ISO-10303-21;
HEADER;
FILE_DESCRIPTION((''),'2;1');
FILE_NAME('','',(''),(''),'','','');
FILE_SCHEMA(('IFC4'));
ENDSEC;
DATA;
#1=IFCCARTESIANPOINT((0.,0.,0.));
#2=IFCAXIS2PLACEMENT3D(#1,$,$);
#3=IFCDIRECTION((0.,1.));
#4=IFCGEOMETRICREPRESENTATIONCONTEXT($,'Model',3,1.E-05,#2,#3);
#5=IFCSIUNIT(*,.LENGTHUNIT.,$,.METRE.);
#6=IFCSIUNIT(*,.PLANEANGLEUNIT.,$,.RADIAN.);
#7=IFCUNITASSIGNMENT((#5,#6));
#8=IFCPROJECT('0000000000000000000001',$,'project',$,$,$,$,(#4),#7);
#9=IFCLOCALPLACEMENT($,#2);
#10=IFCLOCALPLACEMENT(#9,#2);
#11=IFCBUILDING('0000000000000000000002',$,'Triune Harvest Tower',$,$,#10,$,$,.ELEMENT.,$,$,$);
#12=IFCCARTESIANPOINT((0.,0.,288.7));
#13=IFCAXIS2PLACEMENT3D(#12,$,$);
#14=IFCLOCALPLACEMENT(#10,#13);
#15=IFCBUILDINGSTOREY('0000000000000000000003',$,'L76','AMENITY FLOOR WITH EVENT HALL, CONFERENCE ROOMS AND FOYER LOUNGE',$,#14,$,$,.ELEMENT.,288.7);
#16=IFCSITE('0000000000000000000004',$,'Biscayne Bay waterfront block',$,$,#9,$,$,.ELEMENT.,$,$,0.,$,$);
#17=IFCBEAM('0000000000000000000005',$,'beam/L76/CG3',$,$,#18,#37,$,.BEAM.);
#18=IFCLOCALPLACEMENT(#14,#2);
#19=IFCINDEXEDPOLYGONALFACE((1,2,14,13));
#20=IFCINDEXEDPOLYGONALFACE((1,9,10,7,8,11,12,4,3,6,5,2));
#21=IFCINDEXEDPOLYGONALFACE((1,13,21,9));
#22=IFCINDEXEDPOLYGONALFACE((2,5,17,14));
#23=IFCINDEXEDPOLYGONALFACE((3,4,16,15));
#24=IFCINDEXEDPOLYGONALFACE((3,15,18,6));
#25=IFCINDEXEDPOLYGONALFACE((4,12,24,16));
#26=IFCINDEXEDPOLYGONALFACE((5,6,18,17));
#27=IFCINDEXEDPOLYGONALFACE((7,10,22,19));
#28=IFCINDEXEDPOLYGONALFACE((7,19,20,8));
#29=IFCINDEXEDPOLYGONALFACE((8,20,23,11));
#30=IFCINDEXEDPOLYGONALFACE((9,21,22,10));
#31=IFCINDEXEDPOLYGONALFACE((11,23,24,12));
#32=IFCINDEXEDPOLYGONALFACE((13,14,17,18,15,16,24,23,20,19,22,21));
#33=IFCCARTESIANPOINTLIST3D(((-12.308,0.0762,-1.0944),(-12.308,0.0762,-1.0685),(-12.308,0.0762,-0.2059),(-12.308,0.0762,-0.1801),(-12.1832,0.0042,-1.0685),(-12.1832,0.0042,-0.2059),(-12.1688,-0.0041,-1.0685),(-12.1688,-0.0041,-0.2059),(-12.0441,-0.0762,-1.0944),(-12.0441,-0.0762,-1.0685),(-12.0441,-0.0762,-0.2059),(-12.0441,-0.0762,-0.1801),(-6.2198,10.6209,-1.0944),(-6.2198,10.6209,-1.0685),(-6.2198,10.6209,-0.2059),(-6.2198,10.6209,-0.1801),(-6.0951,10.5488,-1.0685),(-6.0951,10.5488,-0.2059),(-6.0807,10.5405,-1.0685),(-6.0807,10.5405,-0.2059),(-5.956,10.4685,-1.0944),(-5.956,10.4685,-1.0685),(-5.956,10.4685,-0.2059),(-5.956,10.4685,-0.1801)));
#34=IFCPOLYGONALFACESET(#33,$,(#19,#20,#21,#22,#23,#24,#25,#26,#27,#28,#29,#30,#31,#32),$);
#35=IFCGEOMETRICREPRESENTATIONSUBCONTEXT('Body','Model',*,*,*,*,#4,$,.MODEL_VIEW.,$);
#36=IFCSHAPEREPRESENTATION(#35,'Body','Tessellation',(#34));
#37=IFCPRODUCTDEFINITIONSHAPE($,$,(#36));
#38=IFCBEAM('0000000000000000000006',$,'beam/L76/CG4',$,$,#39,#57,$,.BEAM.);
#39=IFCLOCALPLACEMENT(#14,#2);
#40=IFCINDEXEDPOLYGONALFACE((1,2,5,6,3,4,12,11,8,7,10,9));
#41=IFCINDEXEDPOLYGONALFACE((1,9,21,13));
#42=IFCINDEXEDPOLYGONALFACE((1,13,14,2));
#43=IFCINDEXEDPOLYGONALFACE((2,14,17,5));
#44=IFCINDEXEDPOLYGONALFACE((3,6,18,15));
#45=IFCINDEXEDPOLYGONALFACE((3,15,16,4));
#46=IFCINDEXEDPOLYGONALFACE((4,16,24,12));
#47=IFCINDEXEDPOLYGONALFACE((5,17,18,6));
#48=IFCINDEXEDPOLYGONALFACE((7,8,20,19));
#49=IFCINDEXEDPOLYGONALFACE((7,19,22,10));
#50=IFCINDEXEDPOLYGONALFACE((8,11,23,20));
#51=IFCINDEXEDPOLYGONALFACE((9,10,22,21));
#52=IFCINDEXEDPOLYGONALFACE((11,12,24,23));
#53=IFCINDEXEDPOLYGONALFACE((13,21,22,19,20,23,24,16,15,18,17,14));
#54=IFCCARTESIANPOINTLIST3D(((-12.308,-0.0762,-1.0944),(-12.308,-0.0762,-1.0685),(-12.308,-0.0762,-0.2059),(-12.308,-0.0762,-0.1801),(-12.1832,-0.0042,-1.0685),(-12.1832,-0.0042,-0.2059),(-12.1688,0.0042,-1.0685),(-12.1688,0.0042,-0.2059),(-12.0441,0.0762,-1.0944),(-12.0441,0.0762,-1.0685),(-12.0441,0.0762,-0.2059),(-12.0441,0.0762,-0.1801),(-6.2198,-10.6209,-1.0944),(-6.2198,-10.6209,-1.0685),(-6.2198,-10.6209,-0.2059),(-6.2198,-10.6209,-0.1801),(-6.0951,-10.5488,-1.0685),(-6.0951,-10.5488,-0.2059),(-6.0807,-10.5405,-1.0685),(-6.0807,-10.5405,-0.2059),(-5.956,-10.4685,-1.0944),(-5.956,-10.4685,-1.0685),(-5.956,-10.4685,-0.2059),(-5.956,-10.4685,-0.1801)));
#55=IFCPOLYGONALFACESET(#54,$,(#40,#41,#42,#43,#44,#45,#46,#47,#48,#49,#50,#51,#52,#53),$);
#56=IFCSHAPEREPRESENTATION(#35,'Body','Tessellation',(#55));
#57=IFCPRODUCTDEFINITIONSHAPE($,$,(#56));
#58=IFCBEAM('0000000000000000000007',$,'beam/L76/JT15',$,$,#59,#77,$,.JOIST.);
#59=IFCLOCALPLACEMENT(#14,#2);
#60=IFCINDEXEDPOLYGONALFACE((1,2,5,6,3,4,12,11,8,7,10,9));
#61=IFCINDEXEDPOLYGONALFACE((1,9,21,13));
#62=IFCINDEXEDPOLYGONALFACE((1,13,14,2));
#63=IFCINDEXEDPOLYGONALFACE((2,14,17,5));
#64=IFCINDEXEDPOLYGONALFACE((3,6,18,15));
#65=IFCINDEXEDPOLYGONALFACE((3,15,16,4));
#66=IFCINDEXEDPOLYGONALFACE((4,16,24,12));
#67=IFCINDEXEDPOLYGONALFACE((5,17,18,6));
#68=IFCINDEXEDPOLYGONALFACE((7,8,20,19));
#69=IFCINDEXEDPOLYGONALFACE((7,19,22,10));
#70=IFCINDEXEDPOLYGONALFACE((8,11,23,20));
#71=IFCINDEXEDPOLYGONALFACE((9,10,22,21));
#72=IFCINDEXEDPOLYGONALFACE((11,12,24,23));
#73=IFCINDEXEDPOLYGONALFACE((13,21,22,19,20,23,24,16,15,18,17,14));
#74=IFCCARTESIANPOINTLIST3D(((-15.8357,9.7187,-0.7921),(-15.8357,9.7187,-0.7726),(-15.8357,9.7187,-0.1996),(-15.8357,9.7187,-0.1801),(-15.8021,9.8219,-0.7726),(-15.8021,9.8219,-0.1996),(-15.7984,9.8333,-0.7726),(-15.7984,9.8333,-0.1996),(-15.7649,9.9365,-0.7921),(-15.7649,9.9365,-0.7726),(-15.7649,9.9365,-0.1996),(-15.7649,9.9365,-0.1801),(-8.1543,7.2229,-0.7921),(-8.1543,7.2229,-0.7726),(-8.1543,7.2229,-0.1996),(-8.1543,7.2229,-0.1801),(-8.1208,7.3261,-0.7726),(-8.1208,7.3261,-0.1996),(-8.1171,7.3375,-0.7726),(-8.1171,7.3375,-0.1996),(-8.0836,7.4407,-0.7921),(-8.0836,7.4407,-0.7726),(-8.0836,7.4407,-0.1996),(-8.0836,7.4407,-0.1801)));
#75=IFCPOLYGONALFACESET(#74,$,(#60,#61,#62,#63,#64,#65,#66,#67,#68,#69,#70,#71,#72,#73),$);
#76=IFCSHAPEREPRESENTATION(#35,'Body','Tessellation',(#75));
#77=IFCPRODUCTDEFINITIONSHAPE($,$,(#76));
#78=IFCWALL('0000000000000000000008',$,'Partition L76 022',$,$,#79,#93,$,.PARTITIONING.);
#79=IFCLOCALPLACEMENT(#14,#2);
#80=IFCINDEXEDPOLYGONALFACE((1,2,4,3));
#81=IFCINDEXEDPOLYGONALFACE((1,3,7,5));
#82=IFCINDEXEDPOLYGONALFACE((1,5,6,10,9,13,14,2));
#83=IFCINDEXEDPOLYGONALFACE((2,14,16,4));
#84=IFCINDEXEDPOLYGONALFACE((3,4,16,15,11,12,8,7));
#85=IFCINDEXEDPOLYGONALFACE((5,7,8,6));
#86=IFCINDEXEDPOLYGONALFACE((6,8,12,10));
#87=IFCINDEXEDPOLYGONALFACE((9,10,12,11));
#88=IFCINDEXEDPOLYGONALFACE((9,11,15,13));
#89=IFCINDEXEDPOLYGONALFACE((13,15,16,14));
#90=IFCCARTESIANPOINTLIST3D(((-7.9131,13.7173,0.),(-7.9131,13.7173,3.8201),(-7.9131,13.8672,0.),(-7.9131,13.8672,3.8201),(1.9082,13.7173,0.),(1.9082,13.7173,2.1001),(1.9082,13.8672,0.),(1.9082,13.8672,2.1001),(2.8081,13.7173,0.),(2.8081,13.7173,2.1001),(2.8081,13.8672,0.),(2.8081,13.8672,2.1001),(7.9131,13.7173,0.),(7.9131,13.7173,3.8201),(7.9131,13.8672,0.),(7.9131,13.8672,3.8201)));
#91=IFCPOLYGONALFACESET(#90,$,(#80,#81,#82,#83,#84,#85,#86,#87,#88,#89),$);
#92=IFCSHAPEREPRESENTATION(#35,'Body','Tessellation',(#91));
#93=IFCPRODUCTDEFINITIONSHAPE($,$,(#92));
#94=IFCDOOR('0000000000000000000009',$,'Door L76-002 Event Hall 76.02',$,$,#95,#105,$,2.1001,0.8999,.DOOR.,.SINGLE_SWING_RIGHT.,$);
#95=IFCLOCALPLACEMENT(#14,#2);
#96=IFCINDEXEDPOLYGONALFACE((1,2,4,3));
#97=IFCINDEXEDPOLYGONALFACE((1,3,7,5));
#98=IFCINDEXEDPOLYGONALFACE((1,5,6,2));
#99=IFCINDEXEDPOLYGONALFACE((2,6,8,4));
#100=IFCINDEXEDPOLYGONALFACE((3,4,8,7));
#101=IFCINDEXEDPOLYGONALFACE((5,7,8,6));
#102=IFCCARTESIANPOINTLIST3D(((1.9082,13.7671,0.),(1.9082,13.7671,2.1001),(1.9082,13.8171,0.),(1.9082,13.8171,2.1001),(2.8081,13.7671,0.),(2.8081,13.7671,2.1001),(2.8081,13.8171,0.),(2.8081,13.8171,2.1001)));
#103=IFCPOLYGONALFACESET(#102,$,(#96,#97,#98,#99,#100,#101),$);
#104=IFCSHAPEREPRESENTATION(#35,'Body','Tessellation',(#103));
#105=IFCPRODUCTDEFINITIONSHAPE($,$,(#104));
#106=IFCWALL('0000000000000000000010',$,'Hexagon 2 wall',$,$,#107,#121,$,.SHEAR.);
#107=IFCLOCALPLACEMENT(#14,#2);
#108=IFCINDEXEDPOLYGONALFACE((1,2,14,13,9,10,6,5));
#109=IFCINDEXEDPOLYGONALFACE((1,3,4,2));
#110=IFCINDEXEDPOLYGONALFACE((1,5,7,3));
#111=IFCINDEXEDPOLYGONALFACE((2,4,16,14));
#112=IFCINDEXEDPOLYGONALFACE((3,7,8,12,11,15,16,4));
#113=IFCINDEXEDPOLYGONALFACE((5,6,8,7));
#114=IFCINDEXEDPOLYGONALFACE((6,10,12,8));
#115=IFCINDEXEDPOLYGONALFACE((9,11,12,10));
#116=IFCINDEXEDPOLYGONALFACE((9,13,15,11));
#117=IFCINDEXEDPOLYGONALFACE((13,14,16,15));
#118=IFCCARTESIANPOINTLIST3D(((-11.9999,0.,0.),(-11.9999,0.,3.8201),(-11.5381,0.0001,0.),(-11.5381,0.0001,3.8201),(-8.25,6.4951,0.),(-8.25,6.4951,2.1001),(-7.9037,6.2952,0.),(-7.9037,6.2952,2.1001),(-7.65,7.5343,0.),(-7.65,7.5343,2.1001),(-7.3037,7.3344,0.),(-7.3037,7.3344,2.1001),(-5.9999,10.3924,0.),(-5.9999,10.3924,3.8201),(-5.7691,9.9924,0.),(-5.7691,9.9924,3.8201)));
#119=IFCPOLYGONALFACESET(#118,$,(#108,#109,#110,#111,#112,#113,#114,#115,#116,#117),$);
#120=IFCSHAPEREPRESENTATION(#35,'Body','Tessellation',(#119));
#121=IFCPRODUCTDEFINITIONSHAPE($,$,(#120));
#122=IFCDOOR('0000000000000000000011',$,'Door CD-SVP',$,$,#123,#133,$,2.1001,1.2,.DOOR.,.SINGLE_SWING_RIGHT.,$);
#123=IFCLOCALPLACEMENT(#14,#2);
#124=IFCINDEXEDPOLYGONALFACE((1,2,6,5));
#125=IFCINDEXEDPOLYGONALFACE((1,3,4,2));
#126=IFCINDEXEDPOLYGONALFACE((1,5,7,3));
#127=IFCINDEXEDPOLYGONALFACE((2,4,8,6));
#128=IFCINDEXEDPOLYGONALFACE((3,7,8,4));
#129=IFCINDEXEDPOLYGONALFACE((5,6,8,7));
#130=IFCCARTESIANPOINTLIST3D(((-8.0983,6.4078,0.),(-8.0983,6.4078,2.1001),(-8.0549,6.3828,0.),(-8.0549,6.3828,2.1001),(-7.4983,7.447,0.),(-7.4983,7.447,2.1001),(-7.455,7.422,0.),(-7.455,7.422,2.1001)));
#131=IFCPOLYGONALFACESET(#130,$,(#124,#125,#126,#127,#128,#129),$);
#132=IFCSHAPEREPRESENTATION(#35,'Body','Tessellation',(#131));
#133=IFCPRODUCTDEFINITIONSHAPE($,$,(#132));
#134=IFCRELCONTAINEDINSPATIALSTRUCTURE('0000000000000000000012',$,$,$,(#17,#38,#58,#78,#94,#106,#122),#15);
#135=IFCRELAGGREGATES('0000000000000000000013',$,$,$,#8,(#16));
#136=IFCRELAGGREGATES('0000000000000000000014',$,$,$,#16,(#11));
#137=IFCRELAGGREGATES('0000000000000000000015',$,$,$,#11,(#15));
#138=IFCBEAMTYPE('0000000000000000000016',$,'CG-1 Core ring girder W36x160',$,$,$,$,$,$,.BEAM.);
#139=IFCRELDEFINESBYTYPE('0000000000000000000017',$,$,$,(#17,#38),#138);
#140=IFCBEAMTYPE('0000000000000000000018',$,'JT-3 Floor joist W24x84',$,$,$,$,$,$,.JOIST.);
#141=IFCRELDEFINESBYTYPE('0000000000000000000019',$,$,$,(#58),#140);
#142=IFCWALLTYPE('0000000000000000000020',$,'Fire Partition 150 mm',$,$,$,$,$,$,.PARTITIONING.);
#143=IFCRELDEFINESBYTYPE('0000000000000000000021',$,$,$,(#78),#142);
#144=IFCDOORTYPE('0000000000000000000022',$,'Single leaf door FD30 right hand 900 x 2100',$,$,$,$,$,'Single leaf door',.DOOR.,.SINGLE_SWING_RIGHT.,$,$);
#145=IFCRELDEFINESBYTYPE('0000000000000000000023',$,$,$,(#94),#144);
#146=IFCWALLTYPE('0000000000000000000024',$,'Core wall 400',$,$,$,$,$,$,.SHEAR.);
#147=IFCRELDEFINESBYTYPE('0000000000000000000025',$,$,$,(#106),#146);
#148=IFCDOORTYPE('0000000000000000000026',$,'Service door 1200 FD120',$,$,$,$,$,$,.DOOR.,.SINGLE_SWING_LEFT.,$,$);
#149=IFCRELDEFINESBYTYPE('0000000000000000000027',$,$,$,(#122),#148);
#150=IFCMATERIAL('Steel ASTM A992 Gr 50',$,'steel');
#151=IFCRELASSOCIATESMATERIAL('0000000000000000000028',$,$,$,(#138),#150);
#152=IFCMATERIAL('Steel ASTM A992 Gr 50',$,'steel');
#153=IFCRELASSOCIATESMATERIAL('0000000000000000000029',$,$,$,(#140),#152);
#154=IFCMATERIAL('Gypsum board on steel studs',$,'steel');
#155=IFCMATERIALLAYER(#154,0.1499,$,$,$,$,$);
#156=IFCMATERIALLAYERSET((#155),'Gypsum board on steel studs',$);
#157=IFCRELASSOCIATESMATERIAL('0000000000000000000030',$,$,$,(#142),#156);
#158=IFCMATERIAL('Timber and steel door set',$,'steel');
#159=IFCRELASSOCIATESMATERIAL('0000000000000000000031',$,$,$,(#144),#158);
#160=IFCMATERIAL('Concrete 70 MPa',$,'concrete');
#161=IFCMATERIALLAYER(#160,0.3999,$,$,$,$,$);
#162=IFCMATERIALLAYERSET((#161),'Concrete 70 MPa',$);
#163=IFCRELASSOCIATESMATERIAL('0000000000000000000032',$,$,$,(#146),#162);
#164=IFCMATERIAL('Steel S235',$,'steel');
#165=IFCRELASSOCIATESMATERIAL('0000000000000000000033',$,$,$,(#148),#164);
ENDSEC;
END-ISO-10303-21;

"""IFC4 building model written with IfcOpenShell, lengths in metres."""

from ifc_helpers import new_model, si_unit, direction, frame, frame_2d, origin, origin_2d, place, context, subcontext, project, spatial, polyline, rectangle, i_section, outline, extrude, source, transform, mapped, material, layer, layer_set, material_profile, profile_set, type_object, element, fill, save


model = new_model("IFC4")

# Units and contexts
model_context = context("Model", 3, precision=1e-05, world=origin(), true_north=direction((0.0, 1.0)))
body_context = subcontext(model_context, "Body", "Model", "MODEL_VIEW")
ifc_project = project(units=[si_unit("LENGTHUNIT", "METRE"), si_unit("PLANEANGLEUNIT", "RADIAN")], contexts=[model_context])

# Site, building, storey
site_placement = place(None, origin())
site = spatial("IfcSite", under=ifc_project, at=site_placement, Name="Biscayne Bay waterfront block", CompositionType="ELEMENT", RefElevation=0.0)
building_placement = place(site_placement, origin())
building = spatial("IfcBuilding", under=site, at=building_placement, Name="Triune Harvest Tower", CompositionType="ELEMENT")
storey_placement = place(building_placement, frame((0.0, 0.0, 288.7)))
storey = spatial("IfcBuildingStorey", under=building, at=storey_placement, Name="L76", Description="AMENITY FLOOR WITH EVENT HALL, CONFERENCE ROOMS AND FOYER LOUNGE", CompositionType="ELEMENT", Elevation=288.7)

# Beams
ifc_material_1 = material(Name="Steel ASTM A992 Gr 50", Category="steel")
ifc_material_profile_1 = material_profile(ifc_material_1, i_section(OverallWidth=0.3047, OverallDepth=0.9143, WebThickness=0.0166, FlangeThickness=0.0259, at=origin_2d()), Name="W36x160")
ifc_profile_set_1 = profile_set([ifc_material_profile_1], Name="Steel ASTM A992 Gr 50")
beam_type_1 = type_object("IfcBeamType", Name="CG-1 Core ring girder W36x160", PredefinedType="BEAM", material=ifc_profile_set_1)
shared_shape_1 = source(origin(), body_context, "Body", "SweptSolid", [
    extrude(i_section(OverallWidth=0.3047, OverallDepth=0.9143, WebThickness=0.0166, FlangeThickness=0.0259, at=origin_2d()), origin(), (0.0, 0.0, 1.0), 12.176),
])
for number, where, z_axis, x_axis, name in (
    (1, (-6.0879, 10.5447, -0.6372), (-0.50001, -0.86602, 0.0), (0.86602, -0.50001, 0.0), "beam/L76/CG3"),
    (2, (-12.176, 0.0, -0.6372), (0.50001, -0.86602, 0.0), (0.86602, 0.50001, 0.0), "beam/L76/CG4"),
):
    element("IfcBeam", number, at=place(storey_placement, frame(where, z_axis=z_axis, x_axis=x_axis)), inside=storey, type_object=beam_type_1, Name=name, PredefinedType="BEAM", context=body_context, shape_type="MappedRepresentation", body=[
        mapped(shared_shape_1, transform((0.0, 0.0, 0.0), scale=1.0)),
    ])
ifc_material_2 = material(Name="Steel ASTM A992 Gr 50", Category="steel")
ifc_material_profile_2 = material_profile(ifc_material_2, i_section(OverallWidth=0.229, OverallDepth=0.6121, WebThickness=0.012, FlangeThickness=0.0195, at=origin_2d()), Name="W24x84")
ifc_profile_set_2 = profile_set([ifc_material_profile_2], Name="Steel ASTM A992 Gr 50")
beam_type_2 = type_object("IfcBeamType", Name="JT-3 Floor joist W24x84", PredefinedType="JOIST", material=ifc_profile_set_2)
shared_shape_2 = source(origin(), body_context, "Body", "SweptSolid", [
    extrude(i_section(OverallWidth=0.229, OverallDepth=0.6121, WebThickness=0.012, FlangeThickness=0.0195, at=origin_2d()), origin(), (0.0, 0.0, 1.0), 8.0767),
])
beam_placement = place(storey_placement, frame((-15.8003, 9.8276, -0.4861), z_axis=(0.951056, -0.309018, 0.0), x_axis=(0.309018, 0.951056, 0.0)))
element("IfcBeam", 3, at=beam_placement, inside=storey, type_object=beam_type_2, Name="beam/L76/JT15", PredefinedType="JOIST", context=body_context, shape_type="MappedRepresentation", body=[
    mapped(shared_shape_2, transform((0.0, 0.0, 0.0), scale=1.0)),
])

# Walls, openings, doors
ifc_material_3 = material(Name="Gypsum board on steel studs", Category="steel")
ifc_layer_1 = layer(ifc_material_3, 0.1499)
ifc_layer_set_1 = layer_set([ifc_layer_1], Name="Gypsum board on steel studs")
wall_type_1 = type_object("IfcWallType", Name="Fire Partition 150 mm", PredefinedType="PARTITIONING", material=ifc_layer_set_1)
wall_1_placement = place(storey_placement, frame((-7.9131, 13.7922, 0.0), z_axis=(0.0, 0.0, 1.0), x_axis=(1.0, 0.0, 0.0)))
wall_1 = element("IfcWall", 4, at=wall_1_placement, inside=storey, type_object=wall_type_1, Name="Partition L76 022", PredefinedType="PARTITIONING", context=body_context, shape_type="SweptSolid", body=[
    extrude(rectangle(XDim=15.8262, YDim=0.1499, at=frame_2d((7.9131, 0.0))), origin(), (0.0, 0.0, 1.0), 3.8201),
])
opening_1_placement = place(wall_1_placement, frame((9.8213, 0.0, 0.0)))
opening_1 = element("IfcOpeningElement", 5, at=opening_1_placement, cuts=wall_1, PredefinedType="OPENING", context=body_context, shape_type="SweptSolid", body=[
    extrude(rectangle(XDim=0.8999, YDim=2.1001, at=frame_2d((0.45, 1.05))), frame((0.0, 0.085, 0.0), z_axis=(0.0, -1.0, 0.0), x_axis=(1.0, 0.0, 0.0)), (0.0, 0.0, 1.0), 0.1699),
])
ifc_material_4 = material(Name="Timber and steel door set", Category="steel")
door_type_1 = type_object("IfcDoorType", Name="Single leaf door FD30 right hand 900 x 2100", ElementType="Single leaf door", OperationType="SINGLE_SWING_RIGHT", PredefinedType="DOOR", material=ifc_material_4)
door_1_placement = place(opening_1_placement, origin())
door_1 = element("IfcDoor", 6, at=door_1_placement, inside=storey, type_object=door_type_1, Name="Door L76-002 Event Hall 76.02", OperationType="SINGLE_SWING_RIGHT", OverallHeight=2.1001, OverallWidth=0.8999, PredefinedType="DOOR", context=body_context, shape_type="SweptSolid", body=[
    extrude(rectangle(XDim=0.8999, YDim=2.1001, at=frame_2d((0.45, 1.05))), frame((0.0, 0.0249, 0.0), z_axis=(0.0, -1.0, 0.0), x_axis=(1.0, 0.0, 0.0)), (0.0, 0.0, 1.0), 0.05),
])
fill(opening_1, door_1)
ifc_material_5 = material(Name="Concrete 70 MPa", Category="concrete")
ifc_layer_2 = layer(ifc_material_5, 0.3999)
ifc_layer_set_2 = layer_set([ifc_layer_2], Name="Concrete 70 MPa")
wall_type_2 = type_object("IfcWallType", Name="Core wall 400", PredefinedType="SHEAR", material=ifc_layer_set_2)
shared_shape_3 = source(origin(), body_context, "Body", "SweptSolid", [
    extrude(outline(polyline([(-0.1155, -0.2), (11.8845, -0.2), (11.6536, 0.2), (0.1155, 0.2), (-0.1155, -0.2)])), origin(), (0.0, 0.0, 1.0), 3.8201),
])
wall_2_placement = place(storey_placement, frame((-5.8845, 10.1924, 0.0), z_axis=(0.0, 0.0, 1.0), x_axis=(-0.499997, -0.866027, 0.0)))
wall_2 = element("IfcWall", 7, at=wall_2_placement, inside=storey, type_object=wall_type_2, Name="Hexagon 2 wall", PredefinedType="SHEAR", context=body_context, shape_type="MappedRepresentation", body=[
    mapped(shared_shape_3, transform((0.0, 0.0, 0.0), scale=1.0)),
])
opening_2_placement = place(wall_2_placement, frame((3.1846, 0.0, 0.0)))
opening_2 = element("IfcOpeningElement", 8, at=opening_2_placement, cuts=wall_2, PredefinedType="OPENING", context=body_context, shape_type="SweptSolid", body=[
    extrude(rectangle(XDim=1.2, YDim=2.1001, at=frame_2d((0.6001, 1.05))), frame((0.0, 0.21, 0.0), z_axis=(0.0, -1.0, 0.0), x_axis=(1.0, 0.0, 0.0)), (0.0, 0.0, 1.0), 0.4199),
])
ifc_material_6 = material(Name="Steel S235", Category="steel")
door_type_2 = type_object("IfcDoorType", Name="Service door 1200 FD120", OperationType="SINGLE_SWING_LEFT", PredefinedType="DOOR", material=ifc_material_6)
door_2_placement = place(opening_2_placement, frame((1.2, 0.0, 0.0), z_axis=(0.0, 0.0, 1.0), x_axis=(-1.0, 0.0, 0.0)))
door_2 = element("IfcDoor", 9, at=door_2_placement, inside=storey, type_object=door_type_2, Name="Door CD-SVP", OperationType="SINGLE_SWING_RIGHT", OverallHeight=2.1001, OverallWidth=1.2, PredefinedType="DOOR", context=body_context, shape_type="SweptSolid", body=[
    extrude(rectangle(XDim=1.2, YDim=2.1001, at=frame_2d((0.6001, 1.05))), frame((0.0, 0.0249, 0.0), z_axis=(0.0, -1.0, 0.0), x_axis=(1.0, 0.0, 0.0)), (0.0, 0.0, 1.0), 0.05),
])
fill(opening_2, door_2)

save(model, "model.ifc")
